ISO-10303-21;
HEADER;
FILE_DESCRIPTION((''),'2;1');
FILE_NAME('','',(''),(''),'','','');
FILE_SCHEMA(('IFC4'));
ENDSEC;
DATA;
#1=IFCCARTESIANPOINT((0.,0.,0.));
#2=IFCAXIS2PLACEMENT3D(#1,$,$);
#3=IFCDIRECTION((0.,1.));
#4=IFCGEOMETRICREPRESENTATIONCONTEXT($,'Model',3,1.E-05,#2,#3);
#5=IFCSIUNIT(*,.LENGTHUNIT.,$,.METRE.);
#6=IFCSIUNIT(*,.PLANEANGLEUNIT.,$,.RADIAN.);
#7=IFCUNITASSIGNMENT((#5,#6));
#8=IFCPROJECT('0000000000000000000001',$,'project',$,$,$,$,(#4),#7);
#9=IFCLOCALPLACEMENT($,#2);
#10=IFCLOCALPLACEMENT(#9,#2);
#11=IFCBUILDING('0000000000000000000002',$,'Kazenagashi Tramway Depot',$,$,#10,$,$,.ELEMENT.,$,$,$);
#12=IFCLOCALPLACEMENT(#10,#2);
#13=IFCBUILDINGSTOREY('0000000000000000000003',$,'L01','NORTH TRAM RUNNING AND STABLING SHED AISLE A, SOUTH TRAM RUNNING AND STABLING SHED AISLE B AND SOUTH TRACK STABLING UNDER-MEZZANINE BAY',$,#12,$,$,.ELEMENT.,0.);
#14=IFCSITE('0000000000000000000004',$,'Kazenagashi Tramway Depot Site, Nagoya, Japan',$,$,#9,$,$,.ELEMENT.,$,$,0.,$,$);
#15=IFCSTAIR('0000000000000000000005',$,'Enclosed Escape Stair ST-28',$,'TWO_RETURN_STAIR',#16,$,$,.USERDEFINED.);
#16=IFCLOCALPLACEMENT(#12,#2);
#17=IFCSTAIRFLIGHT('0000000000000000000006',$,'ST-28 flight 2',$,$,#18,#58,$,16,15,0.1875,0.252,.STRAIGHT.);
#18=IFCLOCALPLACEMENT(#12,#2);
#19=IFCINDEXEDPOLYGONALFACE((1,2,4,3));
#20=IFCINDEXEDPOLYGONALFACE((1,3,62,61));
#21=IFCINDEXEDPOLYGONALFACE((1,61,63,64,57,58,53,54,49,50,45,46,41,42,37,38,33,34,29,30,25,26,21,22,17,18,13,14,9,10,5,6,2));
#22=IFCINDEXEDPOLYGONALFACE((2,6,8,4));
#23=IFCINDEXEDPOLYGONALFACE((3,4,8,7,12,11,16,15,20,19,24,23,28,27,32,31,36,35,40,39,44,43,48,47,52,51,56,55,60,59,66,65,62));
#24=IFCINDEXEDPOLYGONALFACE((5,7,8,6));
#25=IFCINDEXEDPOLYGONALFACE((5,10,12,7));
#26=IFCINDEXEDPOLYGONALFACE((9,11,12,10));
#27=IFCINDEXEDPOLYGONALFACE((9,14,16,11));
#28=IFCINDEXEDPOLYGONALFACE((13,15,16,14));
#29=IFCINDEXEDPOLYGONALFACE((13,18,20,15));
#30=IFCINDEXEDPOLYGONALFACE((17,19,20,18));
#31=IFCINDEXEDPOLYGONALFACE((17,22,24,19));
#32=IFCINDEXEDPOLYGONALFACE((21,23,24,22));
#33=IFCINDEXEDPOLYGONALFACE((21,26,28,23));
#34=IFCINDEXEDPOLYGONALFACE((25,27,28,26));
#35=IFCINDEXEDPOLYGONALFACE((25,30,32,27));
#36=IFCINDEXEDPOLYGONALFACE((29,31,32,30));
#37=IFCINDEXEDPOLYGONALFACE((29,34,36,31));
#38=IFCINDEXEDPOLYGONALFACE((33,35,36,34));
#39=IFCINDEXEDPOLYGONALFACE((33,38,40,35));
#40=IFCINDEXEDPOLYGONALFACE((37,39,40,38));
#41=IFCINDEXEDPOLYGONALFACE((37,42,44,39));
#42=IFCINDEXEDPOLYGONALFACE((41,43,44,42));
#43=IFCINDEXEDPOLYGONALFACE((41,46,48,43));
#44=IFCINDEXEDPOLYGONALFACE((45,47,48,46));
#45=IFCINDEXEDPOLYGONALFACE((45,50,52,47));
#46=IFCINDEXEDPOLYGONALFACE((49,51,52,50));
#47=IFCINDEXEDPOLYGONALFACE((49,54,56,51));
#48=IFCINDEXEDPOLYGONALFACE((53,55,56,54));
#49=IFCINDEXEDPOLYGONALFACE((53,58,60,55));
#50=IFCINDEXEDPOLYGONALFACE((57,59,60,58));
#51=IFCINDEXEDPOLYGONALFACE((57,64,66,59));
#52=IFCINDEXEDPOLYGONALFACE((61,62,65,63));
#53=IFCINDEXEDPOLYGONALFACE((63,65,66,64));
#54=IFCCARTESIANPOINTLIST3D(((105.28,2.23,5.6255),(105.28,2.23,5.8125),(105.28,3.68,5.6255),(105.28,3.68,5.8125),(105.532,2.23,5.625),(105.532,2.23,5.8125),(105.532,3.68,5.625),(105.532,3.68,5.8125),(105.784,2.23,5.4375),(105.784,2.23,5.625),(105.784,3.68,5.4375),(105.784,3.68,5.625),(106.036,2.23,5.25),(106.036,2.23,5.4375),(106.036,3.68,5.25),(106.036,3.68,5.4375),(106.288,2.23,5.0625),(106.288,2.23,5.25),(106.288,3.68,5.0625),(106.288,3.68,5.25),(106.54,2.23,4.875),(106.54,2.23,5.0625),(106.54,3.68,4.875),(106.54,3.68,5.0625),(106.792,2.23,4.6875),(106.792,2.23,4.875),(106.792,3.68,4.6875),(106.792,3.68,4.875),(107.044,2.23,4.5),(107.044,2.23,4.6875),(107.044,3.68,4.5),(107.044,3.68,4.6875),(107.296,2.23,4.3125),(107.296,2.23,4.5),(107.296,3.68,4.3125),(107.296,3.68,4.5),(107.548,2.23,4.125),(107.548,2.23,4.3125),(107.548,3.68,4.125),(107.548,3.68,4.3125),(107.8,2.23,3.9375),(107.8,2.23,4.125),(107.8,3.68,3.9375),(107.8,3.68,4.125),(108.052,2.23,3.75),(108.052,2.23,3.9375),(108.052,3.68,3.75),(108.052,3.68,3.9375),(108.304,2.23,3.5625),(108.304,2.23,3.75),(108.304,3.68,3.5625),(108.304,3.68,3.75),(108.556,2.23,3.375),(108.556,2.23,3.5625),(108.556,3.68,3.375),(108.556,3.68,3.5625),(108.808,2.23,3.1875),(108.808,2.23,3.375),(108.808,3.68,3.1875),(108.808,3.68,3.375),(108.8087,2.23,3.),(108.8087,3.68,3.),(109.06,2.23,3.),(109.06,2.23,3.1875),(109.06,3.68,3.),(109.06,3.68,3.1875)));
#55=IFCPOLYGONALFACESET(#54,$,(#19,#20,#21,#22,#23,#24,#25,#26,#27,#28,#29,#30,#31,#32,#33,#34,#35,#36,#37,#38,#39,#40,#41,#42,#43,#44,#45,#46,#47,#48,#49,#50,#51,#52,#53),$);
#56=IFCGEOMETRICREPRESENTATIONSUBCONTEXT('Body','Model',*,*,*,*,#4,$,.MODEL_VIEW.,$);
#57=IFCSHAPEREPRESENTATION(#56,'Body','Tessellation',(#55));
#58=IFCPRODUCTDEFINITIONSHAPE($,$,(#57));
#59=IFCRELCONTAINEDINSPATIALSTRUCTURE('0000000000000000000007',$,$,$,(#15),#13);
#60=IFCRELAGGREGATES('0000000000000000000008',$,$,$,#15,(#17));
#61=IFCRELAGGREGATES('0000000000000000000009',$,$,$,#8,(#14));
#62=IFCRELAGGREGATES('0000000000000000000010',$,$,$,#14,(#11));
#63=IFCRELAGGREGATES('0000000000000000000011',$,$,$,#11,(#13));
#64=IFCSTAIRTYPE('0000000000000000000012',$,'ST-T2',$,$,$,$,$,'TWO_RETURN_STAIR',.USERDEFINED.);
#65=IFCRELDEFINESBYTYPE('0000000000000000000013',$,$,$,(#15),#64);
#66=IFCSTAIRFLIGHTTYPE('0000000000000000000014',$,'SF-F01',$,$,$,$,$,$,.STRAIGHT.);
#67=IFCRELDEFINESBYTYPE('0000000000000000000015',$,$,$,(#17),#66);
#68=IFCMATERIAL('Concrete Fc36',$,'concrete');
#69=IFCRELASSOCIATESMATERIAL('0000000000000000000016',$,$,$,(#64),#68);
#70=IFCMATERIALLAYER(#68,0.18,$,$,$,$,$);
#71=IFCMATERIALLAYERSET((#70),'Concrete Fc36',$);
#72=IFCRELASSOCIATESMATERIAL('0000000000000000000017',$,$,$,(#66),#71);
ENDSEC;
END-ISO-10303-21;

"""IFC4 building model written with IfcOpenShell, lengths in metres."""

from ifc_helpers import new_model, si_unit, direction, frame, origin, place, context, subcontext, project, spatial, polyline, outline, extrude, material, layer, layer_set, type_object, element, aggregate, save


model = new_model("IFC4")

# Units and contexts
model_context = context("Model", 3, precision=1e-05, world=origin(), true_north=direction((0.0, 1.0)))
body_context = subcontext(model_context, "Body", "Model", "MODEL_VIEW")
ifc_project = project(units=[si_unit("LENGTHUNIT", "METRE"), si_unit("PLANEANGLEUNIT", "RADIAN")], contexts=[model_context])

# Site, building, storey
site_placement = place(None, origin())
site = spatial("IfcSite", under=ifc_project, at=site_placement, Name="Kazenagashi Tramway Depot Site, Nagoya, Japan", CompositionType="ELEMENT", RefElevation=0.0)
building_placement = place(site_placement, origin())
building = spatial("IfcBuilding", under=site, at=building_placement, Name="Kazenagashi Tramway Depot", CompositionType="ELEMENT")
storey_placement = place(building_placement, origin())
storey = spatial("IfcBuildingStorey", under=building, at=storey_placement, Name="L01", Description="NORTH TRAM RUNNING AND STABLING SHED AISLE A, SOUTH TRAM RUNNING AND STABLING SHED AISLE B AND SOUTH TRACK STABLING UNDER-MEZZANINE BAY", CompositionType="ELEMENT", Elevation=0.0)

# Shared definitions
ifc_material_1 = material(Name="Concrete Fc36", Category="concrete")

# Stair, stair flight
stair_type = type_object("IfcStairType", Name="ST-T2", ElementType="TWO_RETURN_STAIR", PredefinedType="USERDEFINED", material=ifc_material_1)
stair_placement = place(storey_placement, origin())
stair = element("IfcStair", 1, at=stair_placement, inside=storey, type_object=stair_type, Name="Enclosed Escape Stair ST-28", ObjectType="TWO_RETURN_STAIR", PredefinedType="USERDEFINED")
ifc_layer_1 = layer(ifc_material_1, 0.18)
ifc_layer_set_1 = layer_set([ifc_layer_1], Name="Concrete Fc36")
stair_flight_type = type_object("IfcStairFlightType", Name="SF-F01", PredefinedType="STRAIGHT", material=ifc_layer_set_1)
stair_flight_1_placement = place(storey_placement, frame((109.06, 2.955, 3.0), z_axis=(0.0, 0.0, 1.0), x_axis=(-1.0, 0.0, 0.0)))
stair_flight_1 = element("IfcStairFlight", 2, at=stair_flight_1_placement, type_object=stair_flight_type, Name="ST-28 flight 2", NumberOfRisers=16, NumberOfTreads=15, PredefinedType="STRAIGHT", RiserHeight=0.1875, TreadLength=0.252, context=body_context, shape_type="SweptSolid", body=[
    extrude(outline(polyline([(0.0, 0.0), (0.0, 0.1875), (0.252, 0.1875), (0.252, 0.375), (0.504, 0.375), (0.504, 0.5625), (0.756, 0.5625), (0.756, 0.75), (1.008, 0.75), (1.008, 0.9375), (1.26, 0.9375), (1.26, 1.125), (1.512, 1.125), (1.512, 1.3125), (1.764, 1.3125), (1.764, 1.5), (2.016, 1.5), (2.016, 1.6875), (2.268, 1.6875), (2.268, 1.875), (2.52, 1.875), (2.52, 2.0625), (2.772, 2.0625), (2.772, 2.25), (3.024, 2.25), (3.024, 2.4375), (3.276, 2.4375), (3.276, 2.625), (3.528, 2.625), (3.528, 2.8125), (3.78, 2.8125), (3.78, 3.0), (3.78, 2.6255), (0.2513, 0.0), (0.0, 0.0)])), frame((0.0, 0.725, 0.0), z_axis=(0.0, -1.0, 0.0), x_axis=(1.0, 0.0, 0.0)), (0.0, 0.0, 1.0), 1.45),
])
aggregate(stair, [stair_flight_1])

save(model, "model.ifc")
